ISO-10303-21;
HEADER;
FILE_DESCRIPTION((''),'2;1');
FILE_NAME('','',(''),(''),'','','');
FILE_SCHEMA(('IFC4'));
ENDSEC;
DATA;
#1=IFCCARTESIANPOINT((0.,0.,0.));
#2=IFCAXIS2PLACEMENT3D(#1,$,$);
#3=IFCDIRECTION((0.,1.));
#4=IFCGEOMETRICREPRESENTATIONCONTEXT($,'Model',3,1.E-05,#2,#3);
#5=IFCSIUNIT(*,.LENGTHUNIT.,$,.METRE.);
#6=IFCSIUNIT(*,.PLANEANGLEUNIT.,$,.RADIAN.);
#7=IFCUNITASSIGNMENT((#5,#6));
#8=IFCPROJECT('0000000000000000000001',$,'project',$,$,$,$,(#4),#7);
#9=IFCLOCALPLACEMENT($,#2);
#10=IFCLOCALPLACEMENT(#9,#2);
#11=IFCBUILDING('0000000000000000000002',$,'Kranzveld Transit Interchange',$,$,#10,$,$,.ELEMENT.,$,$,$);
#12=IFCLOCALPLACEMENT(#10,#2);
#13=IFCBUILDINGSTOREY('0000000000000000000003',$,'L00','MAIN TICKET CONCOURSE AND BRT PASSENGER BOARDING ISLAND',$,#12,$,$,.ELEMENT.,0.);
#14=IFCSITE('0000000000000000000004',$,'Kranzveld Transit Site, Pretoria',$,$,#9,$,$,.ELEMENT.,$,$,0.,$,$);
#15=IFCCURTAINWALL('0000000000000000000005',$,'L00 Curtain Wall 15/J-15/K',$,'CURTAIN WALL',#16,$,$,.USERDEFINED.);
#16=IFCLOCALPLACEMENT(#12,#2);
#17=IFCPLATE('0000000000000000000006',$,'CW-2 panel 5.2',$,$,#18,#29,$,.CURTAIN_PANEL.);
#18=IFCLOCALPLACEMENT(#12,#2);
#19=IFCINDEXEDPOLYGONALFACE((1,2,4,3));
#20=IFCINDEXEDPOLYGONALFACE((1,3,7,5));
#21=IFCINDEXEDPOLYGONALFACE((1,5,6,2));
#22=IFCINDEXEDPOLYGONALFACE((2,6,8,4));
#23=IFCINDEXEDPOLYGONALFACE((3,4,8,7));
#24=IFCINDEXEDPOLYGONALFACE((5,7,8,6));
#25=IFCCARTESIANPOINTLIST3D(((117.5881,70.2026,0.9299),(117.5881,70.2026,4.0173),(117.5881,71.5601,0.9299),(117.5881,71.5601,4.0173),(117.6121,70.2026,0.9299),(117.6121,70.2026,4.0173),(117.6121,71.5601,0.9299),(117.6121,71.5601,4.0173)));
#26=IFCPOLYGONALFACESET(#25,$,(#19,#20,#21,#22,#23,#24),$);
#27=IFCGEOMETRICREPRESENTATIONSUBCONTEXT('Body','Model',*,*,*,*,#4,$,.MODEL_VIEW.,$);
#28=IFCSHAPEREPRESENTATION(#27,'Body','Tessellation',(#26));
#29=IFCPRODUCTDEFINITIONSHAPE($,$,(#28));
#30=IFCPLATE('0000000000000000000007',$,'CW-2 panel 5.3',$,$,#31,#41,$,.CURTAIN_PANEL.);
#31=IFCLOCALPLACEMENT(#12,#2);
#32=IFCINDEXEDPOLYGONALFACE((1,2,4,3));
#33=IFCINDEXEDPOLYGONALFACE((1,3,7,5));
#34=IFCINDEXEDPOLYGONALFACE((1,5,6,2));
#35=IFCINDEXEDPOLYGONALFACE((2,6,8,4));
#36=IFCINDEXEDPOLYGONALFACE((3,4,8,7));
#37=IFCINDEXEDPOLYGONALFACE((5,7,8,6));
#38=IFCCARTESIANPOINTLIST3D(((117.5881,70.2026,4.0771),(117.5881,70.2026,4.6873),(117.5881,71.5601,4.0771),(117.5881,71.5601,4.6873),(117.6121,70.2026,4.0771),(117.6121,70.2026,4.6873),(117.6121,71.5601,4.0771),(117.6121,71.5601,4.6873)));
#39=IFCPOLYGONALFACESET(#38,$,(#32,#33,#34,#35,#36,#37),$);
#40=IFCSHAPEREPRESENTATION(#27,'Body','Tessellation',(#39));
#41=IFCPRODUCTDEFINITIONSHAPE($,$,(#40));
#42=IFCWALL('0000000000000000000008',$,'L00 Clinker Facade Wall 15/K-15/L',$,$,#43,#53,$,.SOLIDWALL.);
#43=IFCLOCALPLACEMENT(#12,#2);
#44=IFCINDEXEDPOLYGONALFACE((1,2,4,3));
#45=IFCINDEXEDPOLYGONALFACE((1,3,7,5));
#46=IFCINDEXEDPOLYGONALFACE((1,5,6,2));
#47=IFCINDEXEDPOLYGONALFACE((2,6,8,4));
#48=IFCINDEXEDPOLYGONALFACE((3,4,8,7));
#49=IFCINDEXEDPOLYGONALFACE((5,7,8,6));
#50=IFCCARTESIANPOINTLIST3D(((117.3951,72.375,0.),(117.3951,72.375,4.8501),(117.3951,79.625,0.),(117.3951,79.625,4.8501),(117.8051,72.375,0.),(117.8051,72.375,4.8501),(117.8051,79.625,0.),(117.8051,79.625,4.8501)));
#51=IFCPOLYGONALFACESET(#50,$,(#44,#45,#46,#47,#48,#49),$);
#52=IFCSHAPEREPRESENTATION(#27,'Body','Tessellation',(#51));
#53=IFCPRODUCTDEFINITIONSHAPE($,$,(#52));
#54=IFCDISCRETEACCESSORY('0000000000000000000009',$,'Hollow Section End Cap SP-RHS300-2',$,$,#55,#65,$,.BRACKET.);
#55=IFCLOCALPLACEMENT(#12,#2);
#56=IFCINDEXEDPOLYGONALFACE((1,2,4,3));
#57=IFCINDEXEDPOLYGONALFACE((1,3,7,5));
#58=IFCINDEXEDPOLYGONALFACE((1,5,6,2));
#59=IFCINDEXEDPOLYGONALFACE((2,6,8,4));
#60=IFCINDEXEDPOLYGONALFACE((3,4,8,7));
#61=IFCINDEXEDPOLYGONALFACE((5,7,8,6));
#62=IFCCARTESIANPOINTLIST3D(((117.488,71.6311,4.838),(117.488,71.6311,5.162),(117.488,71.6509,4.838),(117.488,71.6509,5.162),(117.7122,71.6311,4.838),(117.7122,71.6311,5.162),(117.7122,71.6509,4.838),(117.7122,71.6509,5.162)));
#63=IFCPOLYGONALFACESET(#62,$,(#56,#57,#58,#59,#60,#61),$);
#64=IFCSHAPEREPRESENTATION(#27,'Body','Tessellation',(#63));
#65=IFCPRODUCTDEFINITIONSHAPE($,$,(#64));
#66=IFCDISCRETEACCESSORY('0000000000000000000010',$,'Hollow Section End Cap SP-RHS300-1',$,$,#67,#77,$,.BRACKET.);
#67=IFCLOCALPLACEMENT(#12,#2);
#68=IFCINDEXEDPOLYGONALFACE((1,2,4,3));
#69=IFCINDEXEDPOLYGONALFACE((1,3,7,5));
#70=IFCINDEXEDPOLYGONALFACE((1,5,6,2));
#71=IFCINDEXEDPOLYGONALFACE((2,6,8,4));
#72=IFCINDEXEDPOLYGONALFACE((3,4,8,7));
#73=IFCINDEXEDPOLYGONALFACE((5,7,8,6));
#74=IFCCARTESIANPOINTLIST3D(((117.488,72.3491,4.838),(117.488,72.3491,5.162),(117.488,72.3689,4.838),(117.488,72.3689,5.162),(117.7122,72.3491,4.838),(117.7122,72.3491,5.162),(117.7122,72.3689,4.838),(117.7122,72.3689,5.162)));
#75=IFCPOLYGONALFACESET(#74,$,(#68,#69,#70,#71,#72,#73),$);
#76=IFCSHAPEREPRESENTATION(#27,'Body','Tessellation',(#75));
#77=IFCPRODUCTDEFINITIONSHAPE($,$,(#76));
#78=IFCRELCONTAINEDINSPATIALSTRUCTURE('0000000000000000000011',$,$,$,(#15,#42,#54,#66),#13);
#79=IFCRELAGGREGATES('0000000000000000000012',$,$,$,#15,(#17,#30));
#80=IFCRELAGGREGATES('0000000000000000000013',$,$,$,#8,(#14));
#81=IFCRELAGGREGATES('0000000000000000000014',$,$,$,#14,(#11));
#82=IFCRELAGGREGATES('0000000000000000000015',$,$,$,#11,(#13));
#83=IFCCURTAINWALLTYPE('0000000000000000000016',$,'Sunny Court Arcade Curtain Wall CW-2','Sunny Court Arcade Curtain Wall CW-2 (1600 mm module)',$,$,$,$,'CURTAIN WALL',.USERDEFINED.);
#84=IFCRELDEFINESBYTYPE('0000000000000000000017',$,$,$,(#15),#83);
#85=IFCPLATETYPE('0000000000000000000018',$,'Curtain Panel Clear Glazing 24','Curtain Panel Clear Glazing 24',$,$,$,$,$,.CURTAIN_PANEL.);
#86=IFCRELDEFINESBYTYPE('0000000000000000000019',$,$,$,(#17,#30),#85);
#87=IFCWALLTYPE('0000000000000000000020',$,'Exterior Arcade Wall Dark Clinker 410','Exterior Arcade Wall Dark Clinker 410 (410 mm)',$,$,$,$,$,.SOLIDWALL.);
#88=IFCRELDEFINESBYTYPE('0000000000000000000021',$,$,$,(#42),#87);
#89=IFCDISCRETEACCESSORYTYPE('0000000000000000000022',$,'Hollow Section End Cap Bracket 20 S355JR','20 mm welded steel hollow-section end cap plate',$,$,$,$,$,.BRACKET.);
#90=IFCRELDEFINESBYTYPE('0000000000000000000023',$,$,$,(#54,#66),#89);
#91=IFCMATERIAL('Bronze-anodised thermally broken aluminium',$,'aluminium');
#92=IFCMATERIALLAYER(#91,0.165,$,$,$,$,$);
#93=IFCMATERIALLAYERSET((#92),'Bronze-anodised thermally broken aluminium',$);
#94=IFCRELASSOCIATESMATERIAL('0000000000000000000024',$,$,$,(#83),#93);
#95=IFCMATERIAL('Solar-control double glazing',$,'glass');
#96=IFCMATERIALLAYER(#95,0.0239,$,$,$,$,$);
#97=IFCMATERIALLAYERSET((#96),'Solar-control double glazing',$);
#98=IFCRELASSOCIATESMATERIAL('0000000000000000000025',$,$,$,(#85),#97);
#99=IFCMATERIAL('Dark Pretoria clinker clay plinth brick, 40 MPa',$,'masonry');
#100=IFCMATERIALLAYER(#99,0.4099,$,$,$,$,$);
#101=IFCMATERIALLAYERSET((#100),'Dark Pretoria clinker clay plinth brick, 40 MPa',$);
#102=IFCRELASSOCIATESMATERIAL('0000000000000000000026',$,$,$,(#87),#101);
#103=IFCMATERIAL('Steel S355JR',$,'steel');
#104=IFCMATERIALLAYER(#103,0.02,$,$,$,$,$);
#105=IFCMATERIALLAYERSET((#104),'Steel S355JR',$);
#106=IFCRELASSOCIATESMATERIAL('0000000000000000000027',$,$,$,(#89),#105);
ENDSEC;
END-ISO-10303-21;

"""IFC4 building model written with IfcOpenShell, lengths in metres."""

from ifc_helpers import new_model, si_unit, direction, frame, frame_2d, origin, origin_2d, place, context, subcontext, project, spatial, rectangle, extrude, material, layer, layer_set, type_object, element, aggregate, save


model = new_model("IFC4")

# Units and contexts
model_context = context("Model", 3, precision=1e-05, world=origin(), true_north=direction((0.0, 1.0)))
body_context = subcontext(model_context, "Body", "Model", "MODEL_VIEW")
ifc_project = project(units=[si_unit("LENGTHUNIT", "METRE"), si_unit("PLANEANGLEUNIT", "RADIAN")], contexts=[model_context])

# Site, building, storey
site_placement = place(None, origin())
site = spatial("IfcSite", under=ifc_project, at=site_placement, Name="Kranzveld Transit Site, Pretoria", CompositionType="ELEMENT", RefElevation=0.0)
building_placement = place(site_placement, origin())
building = spatial("IfcBuilding", under=site, at=building_placement, Name="Kranzveld Transit Interchange", CompositionType="ELEMENT")
storey_placement = place(building_placement, origin())
storey = spatial("IfcBuildingStorey", under=building, at=storey_placement, Name="L00", Description="MAIN TICKET CONCOURSE AND BRT PASSENGER BOARDING ISLAND", CompositionType="ELEMENT", Elevation=0.0)

# Curtain wall
ifc_material_1 = material(Name="Bronze-anodised thermally broken aluminium", Category="aluminium")
ifc_layer_1 = layer(ifc_material_1, 0.165)
ifc_layer_set_1 = layer_set([ifc_layer_1], Name="Bronze-anodised thermally broken aluminium")
curtain_wall_type = type_object("IfcCurtainWallType", Name="Sunny Court Arcade Curtain Wall CW-2", Description="Sunny Court Arcade Curtain Wall CW-2 (1600 mm module)", ElementType="CURTAIN WALL", PredefinedType="USERDEFINED", material=ifc_layer_set_1)
curtain_wall_placement = place(storey_placement, origin())
curtain_wall = element("IfcCurtainWall", 1, at=curtain_wall_placement, inside=storey, type_object=curtain_wall_type, Name="L00 Curtain Wall 15/J-15/K", ObjectType="CURTAIN WALL", PredefinedType="USERDEFINED")

# Plates
ifc_material_2 = material(Name="Solar-control double glazing", Category="glass")
ifc_layer_2 = layer(ifc_material_2, 0.0239)
ifc_layer_set_2 = layer_set([ifc_layer_2], Name="Solar-control double glazing")
plate_type = type_object("IfcPlateType", Name="Curtain Panel Clear Glazing 24", Description="Curtain Panel Clear Glazing 24", PredefinedType="CURTAIN_PANEL", material=ifc_layer_set_2)
plate_1_placement = place(storey_placement, frame((117.6001, 70.8813, 0.9299), z_axis=(0.0, 0.0, 1.0), x_axis=(0.0, 1.0, 0.0)))
plate_1 = element("IfcPlate", 2, at=plate_1_placement, type_object=plate_type, Name="CW-2 panel 5.2", PredefinedType="CURTAIN_PANEL", context=body_context, shape_type="SweptSolid", body=[
    extrude(rectangle(XDim=1.3574, YDim=0.0239, at=origin_2d()), origin(), (0.0, 0.0, 1.0), 3.0874),
])
plate_2_placement = place(storey_placement, frame((117.6001, 70.8813, 4.0771), z_axis=(0.0, 0.0, 1.0), x_axis=(0.0, 1.0, 0.0)))
plate_2 = element("IfcPlate", 3, at=plate_2_placement, type_object=plate_type, Name="CW-2 panel 5.3", PredefinedType="CURTAIN_PANEL", context=body_context, shape_type="SweptSolid", body=[
    extrude(rectangle(XDim=1.3574, YDim=0.0239, at=origin_2d()), origin(), (0.0, 0.0, 1.0), 0.6101),
])
aggregate(curtain_wall, [plate_1, plate_2])

# Wall
ifc_material_3 = material(Name="Dark Pretoria clinker clay plinth brick, 40 MPa", Category="masonry")
ifc_layer_3 = layer(ifc_material_3, 0.4099)
ifc_layer_set_3 = layer_set([ifc_layer_3], Name="Dark Pretoria clinker clay plinth brick, 40 MPa")
wall_type = type_object("IfcWallType", Name="Exterior Arcade Wall Dark Clinker 410", Description="Exterior Arcade Wall Dark Clinker 410 (410 mm)", PredefinedType="SOLIDWALL", material=ifc_layer_set_3)
wall_placement = place(storey_placement, frame((117.6001, 72.375, 0.0), z_axis=(0.0, 0.0, 1.0), x_axis=(0.0, 1.0, 0.0)))
element("IfcWall", 4, at=wall_placement, inside=storey, type_object=wall_type, Name="L00 Clinker Facade Wall 15/K-15/L", PredefinedType="SOLIDWALL", context=body_context, shape_type="SweptSolid", body=[
    extrude(rectangle(XDim=7.25, YDim=0.4099, at=frame_2d((3.625, 0.0))), origin(), (0.0, 0.0, 1.0), 4.8501),
])

# Discrete accessories
ifc_material_4 = material(Name="Steel S355JR", Category="steel")
ifc_layer_4 = layer(ifc_material_4, 0.02)
ifc_layer_set_4 = layer_set([ifc_layer_4], Name="Steel S355JR")
discrete_accessory_type = type_object("IfcDiscreteAccessoryType", Name="Hollow Section End Cap Bracket 20 S355JR", Description="20 mm welded steel hollow-section end cap plate", PredefinedType="BRACKET", material=ifc_layer_set_4)
for number, where, z_axis, x_axis, name in (
    (5, (117.6001, 71.6311, 5.0), (0.0, 1.0, 0.0), (-1.0, 0.0, 0.0), "Hollow Section End Cap SP-RHS300-2"),
    (6, (117.6001, 72.3689, 5.0), (0.0, -1.0, 0.0), (1.0, 0.0, 0.0), "Hollow Section End Cap SP-RHS300-1"),
):
    element("IfcDiscreteAccessory", number, at=place(storey_placement, frame(where, z_axis=z_axis, x_axis=x_axis)), inside=storey, type_object=discrete_accessory_type, Name=name, PredefinedType="BRACKET", context=body_context, shape_type="SweptSolid", body=[
        extrude(rectangle(XDim=0.2241, YDim=0.324, at=origin_2d()), origin(), (0.0, 0.0, 1.0), 0.0198),
    ])

save(model, "model.ifc")
